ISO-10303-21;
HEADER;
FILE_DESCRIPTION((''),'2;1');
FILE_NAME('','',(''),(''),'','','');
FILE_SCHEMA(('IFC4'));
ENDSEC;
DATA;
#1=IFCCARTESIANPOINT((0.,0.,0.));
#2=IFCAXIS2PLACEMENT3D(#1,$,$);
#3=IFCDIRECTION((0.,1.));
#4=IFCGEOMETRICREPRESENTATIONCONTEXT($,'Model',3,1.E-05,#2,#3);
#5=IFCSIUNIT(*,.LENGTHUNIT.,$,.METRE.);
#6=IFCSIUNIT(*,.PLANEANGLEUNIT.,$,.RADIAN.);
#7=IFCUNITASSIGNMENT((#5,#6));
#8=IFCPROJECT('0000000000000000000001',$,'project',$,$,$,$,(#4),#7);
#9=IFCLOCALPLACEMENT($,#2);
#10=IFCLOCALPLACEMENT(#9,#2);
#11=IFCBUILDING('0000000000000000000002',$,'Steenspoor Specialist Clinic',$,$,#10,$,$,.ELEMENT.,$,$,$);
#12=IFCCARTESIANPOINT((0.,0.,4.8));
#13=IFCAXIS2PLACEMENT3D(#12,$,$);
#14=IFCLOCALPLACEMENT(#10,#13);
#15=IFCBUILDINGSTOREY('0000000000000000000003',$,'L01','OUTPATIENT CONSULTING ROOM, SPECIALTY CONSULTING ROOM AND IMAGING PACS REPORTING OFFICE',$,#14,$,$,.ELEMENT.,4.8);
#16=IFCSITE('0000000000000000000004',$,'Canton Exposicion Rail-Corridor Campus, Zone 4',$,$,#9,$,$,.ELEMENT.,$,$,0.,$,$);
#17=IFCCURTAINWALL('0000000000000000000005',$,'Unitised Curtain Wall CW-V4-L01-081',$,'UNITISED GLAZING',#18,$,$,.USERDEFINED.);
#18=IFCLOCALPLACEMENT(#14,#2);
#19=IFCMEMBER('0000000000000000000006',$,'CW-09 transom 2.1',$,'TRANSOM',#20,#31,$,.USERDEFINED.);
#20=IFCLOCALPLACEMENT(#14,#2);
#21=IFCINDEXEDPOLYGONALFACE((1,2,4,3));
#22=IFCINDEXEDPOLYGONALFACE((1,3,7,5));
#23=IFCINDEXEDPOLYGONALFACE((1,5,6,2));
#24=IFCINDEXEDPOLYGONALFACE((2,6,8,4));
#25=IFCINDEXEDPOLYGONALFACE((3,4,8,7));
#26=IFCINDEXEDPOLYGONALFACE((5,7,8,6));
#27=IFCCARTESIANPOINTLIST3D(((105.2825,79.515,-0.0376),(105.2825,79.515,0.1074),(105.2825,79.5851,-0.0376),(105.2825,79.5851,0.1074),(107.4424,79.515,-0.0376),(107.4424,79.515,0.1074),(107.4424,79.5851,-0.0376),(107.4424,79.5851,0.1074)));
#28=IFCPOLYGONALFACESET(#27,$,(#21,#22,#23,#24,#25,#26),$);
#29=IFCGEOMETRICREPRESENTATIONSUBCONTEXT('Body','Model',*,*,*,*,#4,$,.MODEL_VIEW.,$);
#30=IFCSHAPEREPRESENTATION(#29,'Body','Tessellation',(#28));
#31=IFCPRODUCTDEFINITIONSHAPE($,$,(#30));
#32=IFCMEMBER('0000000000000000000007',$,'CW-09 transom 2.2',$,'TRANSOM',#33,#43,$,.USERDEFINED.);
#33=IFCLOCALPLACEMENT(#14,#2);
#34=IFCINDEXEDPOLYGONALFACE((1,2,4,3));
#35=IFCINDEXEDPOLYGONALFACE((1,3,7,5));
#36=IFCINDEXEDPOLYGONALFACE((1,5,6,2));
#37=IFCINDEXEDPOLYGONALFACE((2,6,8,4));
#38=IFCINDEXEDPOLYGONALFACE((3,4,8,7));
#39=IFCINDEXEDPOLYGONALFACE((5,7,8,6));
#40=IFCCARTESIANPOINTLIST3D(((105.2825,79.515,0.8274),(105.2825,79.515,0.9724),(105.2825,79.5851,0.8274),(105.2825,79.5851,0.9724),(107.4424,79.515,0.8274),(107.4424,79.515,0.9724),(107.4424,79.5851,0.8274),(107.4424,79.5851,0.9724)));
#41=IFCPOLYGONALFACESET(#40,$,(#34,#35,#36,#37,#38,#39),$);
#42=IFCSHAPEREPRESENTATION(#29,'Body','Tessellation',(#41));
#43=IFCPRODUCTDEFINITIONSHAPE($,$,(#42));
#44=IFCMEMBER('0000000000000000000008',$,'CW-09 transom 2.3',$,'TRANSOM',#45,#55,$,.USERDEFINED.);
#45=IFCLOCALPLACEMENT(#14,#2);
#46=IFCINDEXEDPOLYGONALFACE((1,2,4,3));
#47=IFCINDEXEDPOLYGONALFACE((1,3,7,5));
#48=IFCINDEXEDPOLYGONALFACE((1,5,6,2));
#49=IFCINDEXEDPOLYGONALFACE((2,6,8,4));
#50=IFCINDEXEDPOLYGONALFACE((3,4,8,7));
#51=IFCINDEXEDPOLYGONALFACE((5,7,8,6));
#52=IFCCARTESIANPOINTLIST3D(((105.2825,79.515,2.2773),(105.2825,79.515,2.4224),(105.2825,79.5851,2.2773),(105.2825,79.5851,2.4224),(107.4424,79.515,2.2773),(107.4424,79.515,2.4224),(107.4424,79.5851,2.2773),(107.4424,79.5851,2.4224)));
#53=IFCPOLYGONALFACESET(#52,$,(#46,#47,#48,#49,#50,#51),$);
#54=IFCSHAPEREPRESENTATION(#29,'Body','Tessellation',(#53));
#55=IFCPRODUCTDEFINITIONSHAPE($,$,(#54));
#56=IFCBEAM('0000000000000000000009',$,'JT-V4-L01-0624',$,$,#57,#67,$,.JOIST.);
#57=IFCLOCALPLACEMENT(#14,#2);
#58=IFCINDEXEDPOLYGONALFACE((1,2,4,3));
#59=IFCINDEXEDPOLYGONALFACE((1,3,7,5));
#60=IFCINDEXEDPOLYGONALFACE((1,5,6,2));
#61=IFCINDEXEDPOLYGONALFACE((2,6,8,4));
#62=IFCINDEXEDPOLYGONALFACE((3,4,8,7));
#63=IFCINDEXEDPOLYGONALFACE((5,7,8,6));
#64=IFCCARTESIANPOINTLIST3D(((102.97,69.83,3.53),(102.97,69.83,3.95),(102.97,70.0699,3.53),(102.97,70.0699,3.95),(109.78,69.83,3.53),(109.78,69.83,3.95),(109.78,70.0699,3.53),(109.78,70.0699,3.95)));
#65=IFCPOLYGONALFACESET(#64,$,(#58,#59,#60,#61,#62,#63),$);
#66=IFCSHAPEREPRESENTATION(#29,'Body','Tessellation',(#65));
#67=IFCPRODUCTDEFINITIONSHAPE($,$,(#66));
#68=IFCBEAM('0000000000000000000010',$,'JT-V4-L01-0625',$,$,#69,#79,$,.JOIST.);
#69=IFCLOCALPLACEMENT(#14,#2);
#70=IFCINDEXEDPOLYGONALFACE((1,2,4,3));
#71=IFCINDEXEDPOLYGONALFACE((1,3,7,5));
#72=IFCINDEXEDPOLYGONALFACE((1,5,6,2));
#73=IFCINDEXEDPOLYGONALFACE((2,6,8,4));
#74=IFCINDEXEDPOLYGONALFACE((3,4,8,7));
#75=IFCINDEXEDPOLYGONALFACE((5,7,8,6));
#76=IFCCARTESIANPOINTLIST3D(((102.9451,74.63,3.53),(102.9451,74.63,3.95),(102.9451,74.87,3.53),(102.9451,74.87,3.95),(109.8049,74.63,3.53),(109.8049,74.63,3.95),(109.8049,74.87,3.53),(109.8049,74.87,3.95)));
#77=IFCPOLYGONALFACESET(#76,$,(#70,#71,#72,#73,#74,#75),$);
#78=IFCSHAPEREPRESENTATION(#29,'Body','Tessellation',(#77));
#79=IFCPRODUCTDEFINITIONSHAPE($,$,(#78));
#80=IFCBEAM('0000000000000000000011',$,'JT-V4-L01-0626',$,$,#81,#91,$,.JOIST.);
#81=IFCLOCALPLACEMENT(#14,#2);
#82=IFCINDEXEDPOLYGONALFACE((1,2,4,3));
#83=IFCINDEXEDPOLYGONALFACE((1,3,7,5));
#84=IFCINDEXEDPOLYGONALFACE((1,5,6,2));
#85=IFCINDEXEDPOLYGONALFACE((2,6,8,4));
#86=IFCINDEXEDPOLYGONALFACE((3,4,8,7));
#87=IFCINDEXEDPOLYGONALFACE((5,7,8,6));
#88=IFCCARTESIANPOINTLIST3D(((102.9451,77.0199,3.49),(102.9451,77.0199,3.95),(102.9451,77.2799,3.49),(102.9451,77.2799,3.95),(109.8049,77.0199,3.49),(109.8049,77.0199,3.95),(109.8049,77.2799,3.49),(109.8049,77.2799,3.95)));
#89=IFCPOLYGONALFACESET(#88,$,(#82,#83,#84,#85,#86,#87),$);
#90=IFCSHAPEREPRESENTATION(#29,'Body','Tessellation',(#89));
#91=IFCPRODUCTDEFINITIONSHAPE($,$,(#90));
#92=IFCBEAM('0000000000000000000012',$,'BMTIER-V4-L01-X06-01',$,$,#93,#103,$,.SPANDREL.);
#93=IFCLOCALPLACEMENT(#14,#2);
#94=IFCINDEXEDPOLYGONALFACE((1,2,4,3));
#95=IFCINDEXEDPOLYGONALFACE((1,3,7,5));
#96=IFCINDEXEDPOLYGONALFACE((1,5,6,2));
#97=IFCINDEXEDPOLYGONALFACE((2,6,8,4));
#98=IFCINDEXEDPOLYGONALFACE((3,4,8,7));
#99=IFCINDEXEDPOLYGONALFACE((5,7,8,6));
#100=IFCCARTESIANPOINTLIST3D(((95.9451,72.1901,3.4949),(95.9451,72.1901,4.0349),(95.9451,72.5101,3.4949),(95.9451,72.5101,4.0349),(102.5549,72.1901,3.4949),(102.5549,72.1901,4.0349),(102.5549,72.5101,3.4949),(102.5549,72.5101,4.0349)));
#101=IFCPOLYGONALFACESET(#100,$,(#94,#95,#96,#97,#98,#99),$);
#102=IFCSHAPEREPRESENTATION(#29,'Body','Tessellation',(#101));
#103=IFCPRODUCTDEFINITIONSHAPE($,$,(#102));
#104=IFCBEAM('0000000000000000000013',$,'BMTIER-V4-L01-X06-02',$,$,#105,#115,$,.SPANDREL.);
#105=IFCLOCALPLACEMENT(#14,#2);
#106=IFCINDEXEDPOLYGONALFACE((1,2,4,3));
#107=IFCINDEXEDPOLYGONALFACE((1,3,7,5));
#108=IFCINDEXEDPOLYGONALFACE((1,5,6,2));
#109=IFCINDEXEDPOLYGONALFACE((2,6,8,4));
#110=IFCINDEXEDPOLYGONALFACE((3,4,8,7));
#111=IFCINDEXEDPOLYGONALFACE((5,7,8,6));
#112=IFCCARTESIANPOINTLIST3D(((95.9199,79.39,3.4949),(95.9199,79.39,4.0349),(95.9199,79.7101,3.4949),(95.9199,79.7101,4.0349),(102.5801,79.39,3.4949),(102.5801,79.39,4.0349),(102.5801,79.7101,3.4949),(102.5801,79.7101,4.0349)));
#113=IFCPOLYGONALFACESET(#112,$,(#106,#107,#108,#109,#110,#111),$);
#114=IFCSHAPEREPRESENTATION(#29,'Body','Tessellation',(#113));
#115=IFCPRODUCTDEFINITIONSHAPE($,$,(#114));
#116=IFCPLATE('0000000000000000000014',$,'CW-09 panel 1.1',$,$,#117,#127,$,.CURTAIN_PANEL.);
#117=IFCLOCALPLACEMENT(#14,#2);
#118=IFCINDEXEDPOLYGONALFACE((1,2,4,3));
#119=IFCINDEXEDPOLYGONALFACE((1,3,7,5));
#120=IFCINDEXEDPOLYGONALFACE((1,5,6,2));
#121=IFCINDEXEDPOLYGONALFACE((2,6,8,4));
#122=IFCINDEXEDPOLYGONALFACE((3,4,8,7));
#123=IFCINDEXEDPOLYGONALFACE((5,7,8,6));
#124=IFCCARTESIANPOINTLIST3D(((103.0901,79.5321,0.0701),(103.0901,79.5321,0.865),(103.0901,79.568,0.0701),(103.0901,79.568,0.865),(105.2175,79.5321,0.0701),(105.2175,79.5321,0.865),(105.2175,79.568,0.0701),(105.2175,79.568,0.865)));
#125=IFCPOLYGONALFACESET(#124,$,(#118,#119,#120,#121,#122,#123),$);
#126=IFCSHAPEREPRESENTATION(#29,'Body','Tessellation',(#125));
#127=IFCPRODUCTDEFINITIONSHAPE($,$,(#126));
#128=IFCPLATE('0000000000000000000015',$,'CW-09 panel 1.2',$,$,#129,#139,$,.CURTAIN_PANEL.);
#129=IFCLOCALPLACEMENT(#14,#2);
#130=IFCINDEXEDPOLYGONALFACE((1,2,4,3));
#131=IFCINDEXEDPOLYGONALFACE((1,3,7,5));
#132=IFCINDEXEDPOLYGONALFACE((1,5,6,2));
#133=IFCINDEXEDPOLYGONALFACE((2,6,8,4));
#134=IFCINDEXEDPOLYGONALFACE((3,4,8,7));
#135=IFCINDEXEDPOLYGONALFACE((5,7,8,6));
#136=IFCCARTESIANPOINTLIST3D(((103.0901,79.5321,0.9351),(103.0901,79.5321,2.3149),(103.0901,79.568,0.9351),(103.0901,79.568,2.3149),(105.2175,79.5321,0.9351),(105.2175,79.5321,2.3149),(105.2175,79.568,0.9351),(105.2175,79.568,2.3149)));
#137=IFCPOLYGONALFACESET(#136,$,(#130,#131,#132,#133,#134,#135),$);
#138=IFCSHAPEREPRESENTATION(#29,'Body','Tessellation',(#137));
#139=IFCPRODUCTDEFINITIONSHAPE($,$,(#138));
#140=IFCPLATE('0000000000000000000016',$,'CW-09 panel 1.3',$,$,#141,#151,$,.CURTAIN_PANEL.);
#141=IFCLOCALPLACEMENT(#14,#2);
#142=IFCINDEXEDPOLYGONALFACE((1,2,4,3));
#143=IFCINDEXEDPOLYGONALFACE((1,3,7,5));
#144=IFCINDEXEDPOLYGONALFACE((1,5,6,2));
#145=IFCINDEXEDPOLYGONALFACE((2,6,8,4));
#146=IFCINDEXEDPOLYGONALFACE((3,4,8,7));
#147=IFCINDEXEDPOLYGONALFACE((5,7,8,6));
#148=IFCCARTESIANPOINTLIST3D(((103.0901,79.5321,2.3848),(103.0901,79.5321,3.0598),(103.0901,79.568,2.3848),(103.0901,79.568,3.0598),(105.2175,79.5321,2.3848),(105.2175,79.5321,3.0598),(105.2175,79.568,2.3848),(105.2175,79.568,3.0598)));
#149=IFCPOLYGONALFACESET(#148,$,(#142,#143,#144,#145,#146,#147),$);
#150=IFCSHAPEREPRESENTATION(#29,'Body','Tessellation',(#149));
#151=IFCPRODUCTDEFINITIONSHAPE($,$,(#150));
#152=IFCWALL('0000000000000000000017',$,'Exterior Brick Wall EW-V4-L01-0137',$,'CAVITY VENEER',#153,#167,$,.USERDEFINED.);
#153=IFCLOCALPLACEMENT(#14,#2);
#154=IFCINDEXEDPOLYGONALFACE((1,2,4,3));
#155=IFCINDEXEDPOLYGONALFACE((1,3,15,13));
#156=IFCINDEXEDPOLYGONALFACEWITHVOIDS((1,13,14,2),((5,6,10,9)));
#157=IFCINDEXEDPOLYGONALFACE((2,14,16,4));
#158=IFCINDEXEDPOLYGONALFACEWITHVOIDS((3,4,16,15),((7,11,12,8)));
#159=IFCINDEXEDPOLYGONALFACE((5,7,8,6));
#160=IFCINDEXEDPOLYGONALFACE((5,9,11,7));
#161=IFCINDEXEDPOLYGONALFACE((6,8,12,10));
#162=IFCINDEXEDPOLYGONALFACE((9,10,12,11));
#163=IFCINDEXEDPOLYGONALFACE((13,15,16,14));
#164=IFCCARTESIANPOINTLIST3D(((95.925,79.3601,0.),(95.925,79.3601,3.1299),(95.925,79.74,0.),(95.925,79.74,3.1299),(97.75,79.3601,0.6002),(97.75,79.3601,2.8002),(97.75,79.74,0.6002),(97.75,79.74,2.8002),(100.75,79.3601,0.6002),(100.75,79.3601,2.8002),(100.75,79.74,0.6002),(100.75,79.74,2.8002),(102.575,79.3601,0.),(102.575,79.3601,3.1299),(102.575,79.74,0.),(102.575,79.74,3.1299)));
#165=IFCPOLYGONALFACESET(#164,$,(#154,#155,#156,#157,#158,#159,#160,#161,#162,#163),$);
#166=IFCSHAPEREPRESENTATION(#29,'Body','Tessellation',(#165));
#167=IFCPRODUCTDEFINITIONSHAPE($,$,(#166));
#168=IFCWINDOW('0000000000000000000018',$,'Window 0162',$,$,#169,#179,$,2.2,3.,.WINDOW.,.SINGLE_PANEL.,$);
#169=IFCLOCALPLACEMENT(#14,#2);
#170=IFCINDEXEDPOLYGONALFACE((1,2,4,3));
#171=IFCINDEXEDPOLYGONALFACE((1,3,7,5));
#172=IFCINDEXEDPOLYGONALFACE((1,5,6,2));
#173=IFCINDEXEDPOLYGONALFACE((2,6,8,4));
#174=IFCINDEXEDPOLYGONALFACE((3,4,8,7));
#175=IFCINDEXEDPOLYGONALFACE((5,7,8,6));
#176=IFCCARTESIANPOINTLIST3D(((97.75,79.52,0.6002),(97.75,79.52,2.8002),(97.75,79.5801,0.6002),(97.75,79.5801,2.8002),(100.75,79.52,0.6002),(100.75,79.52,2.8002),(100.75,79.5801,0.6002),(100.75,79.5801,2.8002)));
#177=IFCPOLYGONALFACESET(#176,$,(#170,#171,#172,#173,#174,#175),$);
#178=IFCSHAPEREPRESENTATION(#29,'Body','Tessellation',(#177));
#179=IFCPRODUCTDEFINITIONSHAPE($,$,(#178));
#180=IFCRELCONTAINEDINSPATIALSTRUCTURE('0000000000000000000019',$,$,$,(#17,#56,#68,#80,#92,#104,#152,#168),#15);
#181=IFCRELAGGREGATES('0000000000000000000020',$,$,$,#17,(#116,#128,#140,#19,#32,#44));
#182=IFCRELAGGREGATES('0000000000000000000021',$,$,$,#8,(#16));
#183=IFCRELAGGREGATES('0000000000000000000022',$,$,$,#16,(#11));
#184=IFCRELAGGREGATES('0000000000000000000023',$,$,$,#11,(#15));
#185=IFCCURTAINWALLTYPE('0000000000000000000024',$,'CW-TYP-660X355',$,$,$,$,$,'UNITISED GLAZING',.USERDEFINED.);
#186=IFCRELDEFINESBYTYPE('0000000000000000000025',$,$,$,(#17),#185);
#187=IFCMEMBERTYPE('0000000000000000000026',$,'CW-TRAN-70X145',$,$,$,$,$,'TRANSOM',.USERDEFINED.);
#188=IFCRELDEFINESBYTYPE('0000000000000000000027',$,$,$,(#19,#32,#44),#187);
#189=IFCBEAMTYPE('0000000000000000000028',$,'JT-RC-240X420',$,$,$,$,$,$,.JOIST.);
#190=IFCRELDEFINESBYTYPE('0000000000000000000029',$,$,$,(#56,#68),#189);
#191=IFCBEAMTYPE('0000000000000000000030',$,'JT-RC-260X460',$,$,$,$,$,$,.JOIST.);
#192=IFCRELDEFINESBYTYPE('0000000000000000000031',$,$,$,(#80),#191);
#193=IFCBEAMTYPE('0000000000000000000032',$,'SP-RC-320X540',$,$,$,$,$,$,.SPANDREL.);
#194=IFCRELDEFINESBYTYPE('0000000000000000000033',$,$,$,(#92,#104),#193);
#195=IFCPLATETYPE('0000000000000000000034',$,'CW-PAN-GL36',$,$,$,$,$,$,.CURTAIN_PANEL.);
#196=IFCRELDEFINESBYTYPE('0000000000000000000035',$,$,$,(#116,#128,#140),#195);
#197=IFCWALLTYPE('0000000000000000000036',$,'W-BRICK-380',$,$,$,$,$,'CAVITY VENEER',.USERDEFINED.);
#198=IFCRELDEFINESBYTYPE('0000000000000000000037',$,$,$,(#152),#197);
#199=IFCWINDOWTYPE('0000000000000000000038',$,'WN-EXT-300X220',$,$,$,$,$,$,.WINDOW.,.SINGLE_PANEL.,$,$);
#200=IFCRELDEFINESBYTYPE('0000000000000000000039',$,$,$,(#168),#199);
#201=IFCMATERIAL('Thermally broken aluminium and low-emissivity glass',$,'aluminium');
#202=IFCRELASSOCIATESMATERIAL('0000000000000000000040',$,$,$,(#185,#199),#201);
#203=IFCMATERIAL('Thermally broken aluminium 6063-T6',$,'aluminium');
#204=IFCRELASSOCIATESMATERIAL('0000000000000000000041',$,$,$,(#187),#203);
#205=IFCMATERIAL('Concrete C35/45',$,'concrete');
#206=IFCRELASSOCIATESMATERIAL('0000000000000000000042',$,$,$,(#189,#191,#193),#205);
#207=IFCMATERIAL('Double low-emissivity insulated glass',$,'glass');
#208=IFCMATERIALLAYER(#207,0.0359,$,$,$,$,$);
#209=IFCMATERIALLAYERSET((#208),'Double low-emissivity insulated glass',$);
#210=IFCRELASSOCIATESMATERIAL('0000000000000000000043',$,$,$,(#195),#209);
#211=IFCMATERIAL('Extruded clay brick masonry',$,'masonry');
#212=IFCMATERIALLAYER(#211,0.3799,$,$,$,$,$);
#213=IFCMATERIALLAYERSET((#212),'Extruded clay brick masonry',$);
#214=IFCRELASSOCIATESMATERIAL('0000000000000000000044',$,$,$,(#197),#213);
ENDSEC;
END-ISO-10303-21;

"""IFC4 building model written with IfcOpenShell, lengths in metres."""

from ifc_helpers import new_model, si_unit, direction, frame, frame_2d, origin, origin_2d, place, context, subcontext, project, spatial, rectangle, extrude, material, layer, layer_set, material_profile, profile_set, type_object, element, fill, aggregate, save


model = new_model("IFC4")

# Units and contexts
model_context = context("Model", 3, precision=1e-05, world=origin(), true_north=direction((0.0, 1.0)))
body_context = subcontext(model_context, "Body", "Model", "MODEL_VIEW")
ifc_project = project(units=[si_unit("LENGTHUNIT", "METRE"), si_unit("PLANEANGLEUNIT", "RADIAN")], contexts=[model_context])

# Site, building, storey
site_placement = place(None, origin())
site = spatial("IfcSite", under=ifc_project, at=site_placement, Name="Canton Exposicion Rail-Corridor Campus, Zone 4", CompositionType="ELEMENT", RefElevation=0.0)
building_placement = place(site_placement, origin())
building = spatial("IfcBuilding", under=site, at=building_placement, Name="Steenspoor Specialist Clinic", CompositionType="ELEMENT")
storey_placement = place(building_placement, frame((0.0, 0.0, 4.8)))
storey = spatial("IfcBuildingStorey", under=building, at=storey_placement, Name="L01", Description="OUTPATIENT CONSULTING ROOM, SPECIALTY CONSULTING ROOM AND IMAGING PACS REPORTING OFFICE", CompositionType="ELEMENT", Elevation=4.8)

# Shared definitions
ifc_material_1 = material(Name="Concrete C35/45", Category="concrete")

# Curtain wall, members
ifc_material_2 = material(Name="Thermally broken aluminium and low-emissivity glass", Category="aluminium")
curtain_wall_type = type_object("IfcCurtainWallType", Name="CW-TYP-660X355", ElementType="UNITISED GLAZING", PredefinedType="USERDEFINED", material=ifc_material_2)
curtain_wall_placement = place(storey_placement, origin())
curtain_wall = element("IfcCurtainWall", 1, at=curtain_wall_placement, inside=storey, type_object=curtain_wall_type, Name="Unitised Curtain Wall CW-V4-L01-081", ObjectType="UNITISED GLAZING", PredefinedType="USERDEFINED")
ifc_material_3 = material(Name="Thermally broken aluminium 6063-T6", Category="aluminium")
ifc_material_profile_1 = material_profile(ifc_material_3, rectangle(XDim=0.0701, YDim=0.145, at=origin_2d()), Name="CWT-70X145")
ifc_profile_set_1 = profile_set([ifc_material_profile_1], Name="Thermally broken aluminium 6063-T6")
member_type_1 = type_object("IfcMemberType", Name="CW-TRAN-70X145", ElementType="TRANSOM", PredefinedType="USERDEFINED", material=ifc_profile_set_1)
member_1_placement = place(storey_placement, frame((105.2825, 79.55, 0.0349), z_axis=(1.0, 0.0, 0.0), x_axis=(0.0, 1.0, 0.0)))
member_1 = element("IfcMember", 2, at=member_1_placement, type_object=member_type_1, Name="CW-09 transom 2.1", ObjectType="TRANSOM", PredefinedType="USERDEFINED", context=body_context, shape_type="SweptSolid", body=[
    extrude(rectangle(XDim=0.0701, YDim=0.145, at=origin_2d()), origin(), (0.0, 0.0, 1.0), 2.1599),
])
member_2_placement = place(storey_placement, frame((105.2825, 79.55, 0.8999), z_axis=(1.0, 0.0, 0.0), x_axis=(0.0, 1.0, 0.0)))
member_2 = element("IfcMember", 3, at=member_2_placement, type_object=member_type_1, Name="CW-09 transom 2.2", ObjectType="TRANSOM", PredefinedType="USERDEFINED", context=body_context, shape_type="SweptSolid", body=[
    extrude(rectangle(XDim=0.0701, YDim=0.145, at=origin_2d()), origin(), (0.0, 0.0, 1.0), 2.1599),
])
member_3_placement = place(storey_placement, frame((105.2825, 79.55, 2.3499), z_axis=(1.0, 0.0, 0.0), x_axis=(0.0, 1.0, 0.0)))
member_3 = element("IfcMember", 4, at=member_3_placement, type_object=member_type_1, Name="CW-09 transom 2.3", ObjectType="TRANSOM", PredefinedType="USERDEFINED", context=body_context, shape_type="SweptSolid", body=[
    extrude(rectangle(XDim=0.0701, YDim=0.145, at=origin_2d()), origin(), (0.0, 0.0, 1.0), 2.1599),
])

# Beams
ifc_material_profile_2 = material_profile(ifc_material_1, rectangle(XDim=0.24, YDim=0.4199, at=origin_2d()), Name="RC-JT-240X420")
ifc_profile_set_2 = profile_set([ifc_material_profile_2], Name="Concrete C35/45")
beam_type_1 = type_object("IfcBeamType", Name="JT-RC-240X420", PredefinedType="JOIST", material=ifc_profile_set_2)
beam_1_placement = place(storey_placement, frame((102.97, 69.95, 3.74), z_axis=(1.0, 0.0, 0.0), x_axis=(0.0, 1.0, 0.0)))
element("IfcBeam", 5, at=beam_1_placement, inside=storey, type_object=beam_type_1, Name="JT-V4-L01-0624", PredefinedType="JOIST", context=body_context, shape_type="SweptSolid", body=[
    extrude(rectangle(XDim=0.24, YDim=0.4199, at=origin_2d()), origin(), (0.0, 0.0, 1.0), 6.8101),
])
beam_2_placement = place(storey_placement, frame((102.9451, 74.75, 3.74), z_axis=(1.0, 0.0, 0.0), x_axis=(0.0, 1.0, 0.0)))
element("IfcBeam", 6, at=beam_2_placement, inside=storey, type_object=beam_type_1, Name="JT-V4-L01-0625", PredefinedType="JOIST", context=body_context, shape_type="SweptSolid", body=[
    extrude(rectangle(XDim=0.24, YDim=0.4199, at=origin_2d()), origin(), (0.0, 0.0, 1.0), 6.8599),
])
ifc_material_profile_3 = material_profile(ifc_material_1, rectangle(XDim=0.26, YDim=0.46, at=origin_2d()), Name="RC-JT-260X460")
ifc_profile_set_3 = profile_set([ifc_material_profile_3], Name="Concrete C35/45")
beam_type_2 = type_object("IfcBeamType", Name="JT-RC-260X460", PredefinedType="JOIST", material=ifc_profile_set_3)
beam_3_placement = place(storey_placement, frame((102.9451, 77.1499, 3.72), z_axis=(1.0, 0.0, 0.0), x_axis=(0.0, 1.0, 0.0)))
element("IfcBeam", 7, at=beam_3_placement, inside=storey, type_object=beam_type_2, Name="JT-V4-L01-0626", PredefinedType="JOIST", context=body_context, shape_type="SweptSolid", body=[
    extrude(rectangle(XDim=0.26, YDim=0.46, at=origin_2d()), origin(), (0.0, 0.0, 1.0), 6.8599),
])
ifc_material_profile_4 = material_profile(ifc_material_1, rectangle(XDim=0.3201, YDim=0.54, at=origin_2d()), Name="RC-SP-320X540")
ifc_profile_set_4 = profile_set([ifc_material_profile_4], Name="Concrete C35/45")
beam_type_3 = type_object("IfcBeamType", Name="SP-RC-320X540", PredefinedType="SPANDREL", material=ifc_profile_set_4)
beam_4_placement = place(storey_placement, frame((95.9451, 72.3501, 3.7649), z_axis=(1.0, 0.0, 0.0), x_axis=(0.0, 1.0, 0.0)))
element("IfcBeam", 8, at=beam_4_placement, inside=storey, type_object=beam_type_3, Name="BMTIER-V4-L01-X06-01", PredefinedType="SPANDREL", context=body_context, shape_type="SweptSolid", body=[
    extrude(rectangle(XDim=0.3201, YDim=0.54, at=origin_2d()), origin(), (0.0, 0.0, 1.0), 6.6099),
])
beam_5_placement = place(storey_placement, frame((95.9199, 79.55, 3.7649), z_axis=(1.0, 0.0, 0.0), x_axis=(0.0, 1.0, 0.0)))
element("IfcBeam", 9, at=beam_5_placement, inside=storey, type_object=beam_type_3, Name="BMTIER-V4-L01-X06-02", PredefinedType="SPANDREL", context=body_context, shape_type="SweptSolid", body=[
    extrude(rectangle(XDim=0.3201, YDim=0.54, at=origin_2d()), origin(), (0.0, 0.0, 1.0), 6.6602),
])

# Plates
ifc_material_4 = material(Name="Double low-emissivity insulated glass", Category="glass")
ifc_layer_1 = layer(ifc_material_4, 0.0359)
ifc_layer_set_1 = layer_set([ifc_layer_1], Name="Double low-emissivity insulated glass")
plate_type = type_object("IfcPlateType", Name="CW-PAN-GL36", PredefinedType="CURTAIN_PANEL", material=ifc_layer_set_1)
plate_1_placement = place(storey_placement, frame((104.1538, 79.55, 0.0701), z_axis=(0.0, 0.0, 1.0), x_axis=(1.0, 0.0, 0.0)))
plate_1 = element("IfcPlate", 10, at=plate_1_placement, type_object=plate_type, Name="CW-09 panel 1.1", PredefinedType="CURTAIN_PANEL", context=body_context, shape_type="SweptSolid", body=[
    extrude(rectangle(XDim=2.1274, YDim=0.0359, at=origin_2d()), origin(), (0.0, 0.0, 1.0), 0.7949),
])
plate_2_placement = place(storey_placement, frame((104.1538, 79.55, 0.9351), z_axis=(0.0, 0.0, 1.0), x_axis=(1.0, 0.0, 0.0)))
plate_2 = element("IfcPlate", 11, at=plate_2_placement, type_object=plate_type, Name="CW-09 panel 1.2", PredefinedType="CURTAIN_PANEL", context=body_context, shape_type="SweptSolid", body=[
    extrude(rectangle(XDim=2.1274, YDim=0.0359, at=origin_2d()), origin(), (0.0, 0.0, 1.0), 1.3799),
])
plate_3_placement = place(storey_placement, frame((104.1538, 79.55, 2.3848), z_axis=(0.0, 0.0, 1.0), x_axis=(1.0, 0.0, 0.0)))
plate_3 = element("IfcPlate", 12, at=plate_3_placement, type_object=plate_type, Name="CW-09 panel 1.3", PredefinedType="CURTAIN_PANEL", context=body_context, shape_type="SweptSolid", body=[
    extrude(rectangle(XDim=2.1274, YDim=0.0359, at=origin_2d()), origin(), (0.0, 0.0, 1.0), 0.675),
])
aggregate(curtain_wall, [plate_1, plate_2, plate_3, member_1, member_2, member_3])

# Wall, opening, window
ifc_material_5 = material(Name="Extruded clay brick masonry", Category="masonry")
ifc_layer_2 = layer(ifc_material_5, 0.3799)
ifc_layer_set_2 = layer_set([ifc_layer_2], Name="Extruded clay brick masonry")
wall_type_1 = type_object("IfcWallType", Name="W-BRICK-380", ElementType="CAVITY VENEER", PredefinedType="USERDEFINED", material=ifc_layer_set_2)
wall_1_placement = place(storey_placement, frame((95.925, 79.55, 0.0), z_axis=(0.0, 0.0, 1.0), x_axis=(1.0, 0.0, 0.0)))
wall_1 = element("IfcWall", 13, at=wall_1_placement, inside=storey, type_object=wall_type_1, Name="Exterior Brick Wall EW-V4-L01-0137", ObjectType="CAVITY VENEER", PredefinedType="USERDEFINED", context=body_context, shape_type="SweptSolid", body=[
    extrude(rectangle(XDim=6.6499, YDim=0.3799, at=frame_2d((3.325, 0.0))), origin(), (0.0, 0.0, 1.0), 3.1299),
])
opening_1_placement = place(wall_1_placement, frame((1.825, 0.0, 0.6001)))
opening_1 = element("IfcOpeningElement", 14, at=opening_1_placement, cuts=wall_1, PredefinedType="OPENING", context=body_context, shape_type="SweptSolid", body=[
    extrude(rectangle(XDim=3.0, YDim=2.2, at=frame_2d((1.5, 1.1001))), frame((0.0, 0.2, 0.0), z_axis=(0.0, -1.0, 0.0), x_axis=(1.0, 0.0, 0.0)), (0.0, 0.0, 1.0), 0.3999),
])
window_type = type_object("IfcWindowType", Name="WN-EXT-300X220", PartitioningType="SINGLE_PANEL", PredefinedType="WINDOW", material=ifc_material_2)
window_placement = place(opening_1_placement, origin())
window = element("IfcWindow", 15, at=window_placement, inside=storey, type_object=window_type, Name="Window 0162", OverallHeight=2.2, OverallWidth=3.0, PartitioningType="SINGLE_PANEL", PredefinedType="WINDOW", context=body_context, shape_type="SweptSolid", body=[
    extrude(rectangle(XDim=3.0, YDim=2.2, at=frame_2d((1.5, 1.1001))), frame((0.0, 0.03, 0.0), z_axis=(0.0, -1.0, 0.0), x_axis=(1.0, 0.0, 0.0)), (0.0, 0.0, 1.0), 0.0601),
])
fill(opening_1, window)

save(model, "model.ifc")
